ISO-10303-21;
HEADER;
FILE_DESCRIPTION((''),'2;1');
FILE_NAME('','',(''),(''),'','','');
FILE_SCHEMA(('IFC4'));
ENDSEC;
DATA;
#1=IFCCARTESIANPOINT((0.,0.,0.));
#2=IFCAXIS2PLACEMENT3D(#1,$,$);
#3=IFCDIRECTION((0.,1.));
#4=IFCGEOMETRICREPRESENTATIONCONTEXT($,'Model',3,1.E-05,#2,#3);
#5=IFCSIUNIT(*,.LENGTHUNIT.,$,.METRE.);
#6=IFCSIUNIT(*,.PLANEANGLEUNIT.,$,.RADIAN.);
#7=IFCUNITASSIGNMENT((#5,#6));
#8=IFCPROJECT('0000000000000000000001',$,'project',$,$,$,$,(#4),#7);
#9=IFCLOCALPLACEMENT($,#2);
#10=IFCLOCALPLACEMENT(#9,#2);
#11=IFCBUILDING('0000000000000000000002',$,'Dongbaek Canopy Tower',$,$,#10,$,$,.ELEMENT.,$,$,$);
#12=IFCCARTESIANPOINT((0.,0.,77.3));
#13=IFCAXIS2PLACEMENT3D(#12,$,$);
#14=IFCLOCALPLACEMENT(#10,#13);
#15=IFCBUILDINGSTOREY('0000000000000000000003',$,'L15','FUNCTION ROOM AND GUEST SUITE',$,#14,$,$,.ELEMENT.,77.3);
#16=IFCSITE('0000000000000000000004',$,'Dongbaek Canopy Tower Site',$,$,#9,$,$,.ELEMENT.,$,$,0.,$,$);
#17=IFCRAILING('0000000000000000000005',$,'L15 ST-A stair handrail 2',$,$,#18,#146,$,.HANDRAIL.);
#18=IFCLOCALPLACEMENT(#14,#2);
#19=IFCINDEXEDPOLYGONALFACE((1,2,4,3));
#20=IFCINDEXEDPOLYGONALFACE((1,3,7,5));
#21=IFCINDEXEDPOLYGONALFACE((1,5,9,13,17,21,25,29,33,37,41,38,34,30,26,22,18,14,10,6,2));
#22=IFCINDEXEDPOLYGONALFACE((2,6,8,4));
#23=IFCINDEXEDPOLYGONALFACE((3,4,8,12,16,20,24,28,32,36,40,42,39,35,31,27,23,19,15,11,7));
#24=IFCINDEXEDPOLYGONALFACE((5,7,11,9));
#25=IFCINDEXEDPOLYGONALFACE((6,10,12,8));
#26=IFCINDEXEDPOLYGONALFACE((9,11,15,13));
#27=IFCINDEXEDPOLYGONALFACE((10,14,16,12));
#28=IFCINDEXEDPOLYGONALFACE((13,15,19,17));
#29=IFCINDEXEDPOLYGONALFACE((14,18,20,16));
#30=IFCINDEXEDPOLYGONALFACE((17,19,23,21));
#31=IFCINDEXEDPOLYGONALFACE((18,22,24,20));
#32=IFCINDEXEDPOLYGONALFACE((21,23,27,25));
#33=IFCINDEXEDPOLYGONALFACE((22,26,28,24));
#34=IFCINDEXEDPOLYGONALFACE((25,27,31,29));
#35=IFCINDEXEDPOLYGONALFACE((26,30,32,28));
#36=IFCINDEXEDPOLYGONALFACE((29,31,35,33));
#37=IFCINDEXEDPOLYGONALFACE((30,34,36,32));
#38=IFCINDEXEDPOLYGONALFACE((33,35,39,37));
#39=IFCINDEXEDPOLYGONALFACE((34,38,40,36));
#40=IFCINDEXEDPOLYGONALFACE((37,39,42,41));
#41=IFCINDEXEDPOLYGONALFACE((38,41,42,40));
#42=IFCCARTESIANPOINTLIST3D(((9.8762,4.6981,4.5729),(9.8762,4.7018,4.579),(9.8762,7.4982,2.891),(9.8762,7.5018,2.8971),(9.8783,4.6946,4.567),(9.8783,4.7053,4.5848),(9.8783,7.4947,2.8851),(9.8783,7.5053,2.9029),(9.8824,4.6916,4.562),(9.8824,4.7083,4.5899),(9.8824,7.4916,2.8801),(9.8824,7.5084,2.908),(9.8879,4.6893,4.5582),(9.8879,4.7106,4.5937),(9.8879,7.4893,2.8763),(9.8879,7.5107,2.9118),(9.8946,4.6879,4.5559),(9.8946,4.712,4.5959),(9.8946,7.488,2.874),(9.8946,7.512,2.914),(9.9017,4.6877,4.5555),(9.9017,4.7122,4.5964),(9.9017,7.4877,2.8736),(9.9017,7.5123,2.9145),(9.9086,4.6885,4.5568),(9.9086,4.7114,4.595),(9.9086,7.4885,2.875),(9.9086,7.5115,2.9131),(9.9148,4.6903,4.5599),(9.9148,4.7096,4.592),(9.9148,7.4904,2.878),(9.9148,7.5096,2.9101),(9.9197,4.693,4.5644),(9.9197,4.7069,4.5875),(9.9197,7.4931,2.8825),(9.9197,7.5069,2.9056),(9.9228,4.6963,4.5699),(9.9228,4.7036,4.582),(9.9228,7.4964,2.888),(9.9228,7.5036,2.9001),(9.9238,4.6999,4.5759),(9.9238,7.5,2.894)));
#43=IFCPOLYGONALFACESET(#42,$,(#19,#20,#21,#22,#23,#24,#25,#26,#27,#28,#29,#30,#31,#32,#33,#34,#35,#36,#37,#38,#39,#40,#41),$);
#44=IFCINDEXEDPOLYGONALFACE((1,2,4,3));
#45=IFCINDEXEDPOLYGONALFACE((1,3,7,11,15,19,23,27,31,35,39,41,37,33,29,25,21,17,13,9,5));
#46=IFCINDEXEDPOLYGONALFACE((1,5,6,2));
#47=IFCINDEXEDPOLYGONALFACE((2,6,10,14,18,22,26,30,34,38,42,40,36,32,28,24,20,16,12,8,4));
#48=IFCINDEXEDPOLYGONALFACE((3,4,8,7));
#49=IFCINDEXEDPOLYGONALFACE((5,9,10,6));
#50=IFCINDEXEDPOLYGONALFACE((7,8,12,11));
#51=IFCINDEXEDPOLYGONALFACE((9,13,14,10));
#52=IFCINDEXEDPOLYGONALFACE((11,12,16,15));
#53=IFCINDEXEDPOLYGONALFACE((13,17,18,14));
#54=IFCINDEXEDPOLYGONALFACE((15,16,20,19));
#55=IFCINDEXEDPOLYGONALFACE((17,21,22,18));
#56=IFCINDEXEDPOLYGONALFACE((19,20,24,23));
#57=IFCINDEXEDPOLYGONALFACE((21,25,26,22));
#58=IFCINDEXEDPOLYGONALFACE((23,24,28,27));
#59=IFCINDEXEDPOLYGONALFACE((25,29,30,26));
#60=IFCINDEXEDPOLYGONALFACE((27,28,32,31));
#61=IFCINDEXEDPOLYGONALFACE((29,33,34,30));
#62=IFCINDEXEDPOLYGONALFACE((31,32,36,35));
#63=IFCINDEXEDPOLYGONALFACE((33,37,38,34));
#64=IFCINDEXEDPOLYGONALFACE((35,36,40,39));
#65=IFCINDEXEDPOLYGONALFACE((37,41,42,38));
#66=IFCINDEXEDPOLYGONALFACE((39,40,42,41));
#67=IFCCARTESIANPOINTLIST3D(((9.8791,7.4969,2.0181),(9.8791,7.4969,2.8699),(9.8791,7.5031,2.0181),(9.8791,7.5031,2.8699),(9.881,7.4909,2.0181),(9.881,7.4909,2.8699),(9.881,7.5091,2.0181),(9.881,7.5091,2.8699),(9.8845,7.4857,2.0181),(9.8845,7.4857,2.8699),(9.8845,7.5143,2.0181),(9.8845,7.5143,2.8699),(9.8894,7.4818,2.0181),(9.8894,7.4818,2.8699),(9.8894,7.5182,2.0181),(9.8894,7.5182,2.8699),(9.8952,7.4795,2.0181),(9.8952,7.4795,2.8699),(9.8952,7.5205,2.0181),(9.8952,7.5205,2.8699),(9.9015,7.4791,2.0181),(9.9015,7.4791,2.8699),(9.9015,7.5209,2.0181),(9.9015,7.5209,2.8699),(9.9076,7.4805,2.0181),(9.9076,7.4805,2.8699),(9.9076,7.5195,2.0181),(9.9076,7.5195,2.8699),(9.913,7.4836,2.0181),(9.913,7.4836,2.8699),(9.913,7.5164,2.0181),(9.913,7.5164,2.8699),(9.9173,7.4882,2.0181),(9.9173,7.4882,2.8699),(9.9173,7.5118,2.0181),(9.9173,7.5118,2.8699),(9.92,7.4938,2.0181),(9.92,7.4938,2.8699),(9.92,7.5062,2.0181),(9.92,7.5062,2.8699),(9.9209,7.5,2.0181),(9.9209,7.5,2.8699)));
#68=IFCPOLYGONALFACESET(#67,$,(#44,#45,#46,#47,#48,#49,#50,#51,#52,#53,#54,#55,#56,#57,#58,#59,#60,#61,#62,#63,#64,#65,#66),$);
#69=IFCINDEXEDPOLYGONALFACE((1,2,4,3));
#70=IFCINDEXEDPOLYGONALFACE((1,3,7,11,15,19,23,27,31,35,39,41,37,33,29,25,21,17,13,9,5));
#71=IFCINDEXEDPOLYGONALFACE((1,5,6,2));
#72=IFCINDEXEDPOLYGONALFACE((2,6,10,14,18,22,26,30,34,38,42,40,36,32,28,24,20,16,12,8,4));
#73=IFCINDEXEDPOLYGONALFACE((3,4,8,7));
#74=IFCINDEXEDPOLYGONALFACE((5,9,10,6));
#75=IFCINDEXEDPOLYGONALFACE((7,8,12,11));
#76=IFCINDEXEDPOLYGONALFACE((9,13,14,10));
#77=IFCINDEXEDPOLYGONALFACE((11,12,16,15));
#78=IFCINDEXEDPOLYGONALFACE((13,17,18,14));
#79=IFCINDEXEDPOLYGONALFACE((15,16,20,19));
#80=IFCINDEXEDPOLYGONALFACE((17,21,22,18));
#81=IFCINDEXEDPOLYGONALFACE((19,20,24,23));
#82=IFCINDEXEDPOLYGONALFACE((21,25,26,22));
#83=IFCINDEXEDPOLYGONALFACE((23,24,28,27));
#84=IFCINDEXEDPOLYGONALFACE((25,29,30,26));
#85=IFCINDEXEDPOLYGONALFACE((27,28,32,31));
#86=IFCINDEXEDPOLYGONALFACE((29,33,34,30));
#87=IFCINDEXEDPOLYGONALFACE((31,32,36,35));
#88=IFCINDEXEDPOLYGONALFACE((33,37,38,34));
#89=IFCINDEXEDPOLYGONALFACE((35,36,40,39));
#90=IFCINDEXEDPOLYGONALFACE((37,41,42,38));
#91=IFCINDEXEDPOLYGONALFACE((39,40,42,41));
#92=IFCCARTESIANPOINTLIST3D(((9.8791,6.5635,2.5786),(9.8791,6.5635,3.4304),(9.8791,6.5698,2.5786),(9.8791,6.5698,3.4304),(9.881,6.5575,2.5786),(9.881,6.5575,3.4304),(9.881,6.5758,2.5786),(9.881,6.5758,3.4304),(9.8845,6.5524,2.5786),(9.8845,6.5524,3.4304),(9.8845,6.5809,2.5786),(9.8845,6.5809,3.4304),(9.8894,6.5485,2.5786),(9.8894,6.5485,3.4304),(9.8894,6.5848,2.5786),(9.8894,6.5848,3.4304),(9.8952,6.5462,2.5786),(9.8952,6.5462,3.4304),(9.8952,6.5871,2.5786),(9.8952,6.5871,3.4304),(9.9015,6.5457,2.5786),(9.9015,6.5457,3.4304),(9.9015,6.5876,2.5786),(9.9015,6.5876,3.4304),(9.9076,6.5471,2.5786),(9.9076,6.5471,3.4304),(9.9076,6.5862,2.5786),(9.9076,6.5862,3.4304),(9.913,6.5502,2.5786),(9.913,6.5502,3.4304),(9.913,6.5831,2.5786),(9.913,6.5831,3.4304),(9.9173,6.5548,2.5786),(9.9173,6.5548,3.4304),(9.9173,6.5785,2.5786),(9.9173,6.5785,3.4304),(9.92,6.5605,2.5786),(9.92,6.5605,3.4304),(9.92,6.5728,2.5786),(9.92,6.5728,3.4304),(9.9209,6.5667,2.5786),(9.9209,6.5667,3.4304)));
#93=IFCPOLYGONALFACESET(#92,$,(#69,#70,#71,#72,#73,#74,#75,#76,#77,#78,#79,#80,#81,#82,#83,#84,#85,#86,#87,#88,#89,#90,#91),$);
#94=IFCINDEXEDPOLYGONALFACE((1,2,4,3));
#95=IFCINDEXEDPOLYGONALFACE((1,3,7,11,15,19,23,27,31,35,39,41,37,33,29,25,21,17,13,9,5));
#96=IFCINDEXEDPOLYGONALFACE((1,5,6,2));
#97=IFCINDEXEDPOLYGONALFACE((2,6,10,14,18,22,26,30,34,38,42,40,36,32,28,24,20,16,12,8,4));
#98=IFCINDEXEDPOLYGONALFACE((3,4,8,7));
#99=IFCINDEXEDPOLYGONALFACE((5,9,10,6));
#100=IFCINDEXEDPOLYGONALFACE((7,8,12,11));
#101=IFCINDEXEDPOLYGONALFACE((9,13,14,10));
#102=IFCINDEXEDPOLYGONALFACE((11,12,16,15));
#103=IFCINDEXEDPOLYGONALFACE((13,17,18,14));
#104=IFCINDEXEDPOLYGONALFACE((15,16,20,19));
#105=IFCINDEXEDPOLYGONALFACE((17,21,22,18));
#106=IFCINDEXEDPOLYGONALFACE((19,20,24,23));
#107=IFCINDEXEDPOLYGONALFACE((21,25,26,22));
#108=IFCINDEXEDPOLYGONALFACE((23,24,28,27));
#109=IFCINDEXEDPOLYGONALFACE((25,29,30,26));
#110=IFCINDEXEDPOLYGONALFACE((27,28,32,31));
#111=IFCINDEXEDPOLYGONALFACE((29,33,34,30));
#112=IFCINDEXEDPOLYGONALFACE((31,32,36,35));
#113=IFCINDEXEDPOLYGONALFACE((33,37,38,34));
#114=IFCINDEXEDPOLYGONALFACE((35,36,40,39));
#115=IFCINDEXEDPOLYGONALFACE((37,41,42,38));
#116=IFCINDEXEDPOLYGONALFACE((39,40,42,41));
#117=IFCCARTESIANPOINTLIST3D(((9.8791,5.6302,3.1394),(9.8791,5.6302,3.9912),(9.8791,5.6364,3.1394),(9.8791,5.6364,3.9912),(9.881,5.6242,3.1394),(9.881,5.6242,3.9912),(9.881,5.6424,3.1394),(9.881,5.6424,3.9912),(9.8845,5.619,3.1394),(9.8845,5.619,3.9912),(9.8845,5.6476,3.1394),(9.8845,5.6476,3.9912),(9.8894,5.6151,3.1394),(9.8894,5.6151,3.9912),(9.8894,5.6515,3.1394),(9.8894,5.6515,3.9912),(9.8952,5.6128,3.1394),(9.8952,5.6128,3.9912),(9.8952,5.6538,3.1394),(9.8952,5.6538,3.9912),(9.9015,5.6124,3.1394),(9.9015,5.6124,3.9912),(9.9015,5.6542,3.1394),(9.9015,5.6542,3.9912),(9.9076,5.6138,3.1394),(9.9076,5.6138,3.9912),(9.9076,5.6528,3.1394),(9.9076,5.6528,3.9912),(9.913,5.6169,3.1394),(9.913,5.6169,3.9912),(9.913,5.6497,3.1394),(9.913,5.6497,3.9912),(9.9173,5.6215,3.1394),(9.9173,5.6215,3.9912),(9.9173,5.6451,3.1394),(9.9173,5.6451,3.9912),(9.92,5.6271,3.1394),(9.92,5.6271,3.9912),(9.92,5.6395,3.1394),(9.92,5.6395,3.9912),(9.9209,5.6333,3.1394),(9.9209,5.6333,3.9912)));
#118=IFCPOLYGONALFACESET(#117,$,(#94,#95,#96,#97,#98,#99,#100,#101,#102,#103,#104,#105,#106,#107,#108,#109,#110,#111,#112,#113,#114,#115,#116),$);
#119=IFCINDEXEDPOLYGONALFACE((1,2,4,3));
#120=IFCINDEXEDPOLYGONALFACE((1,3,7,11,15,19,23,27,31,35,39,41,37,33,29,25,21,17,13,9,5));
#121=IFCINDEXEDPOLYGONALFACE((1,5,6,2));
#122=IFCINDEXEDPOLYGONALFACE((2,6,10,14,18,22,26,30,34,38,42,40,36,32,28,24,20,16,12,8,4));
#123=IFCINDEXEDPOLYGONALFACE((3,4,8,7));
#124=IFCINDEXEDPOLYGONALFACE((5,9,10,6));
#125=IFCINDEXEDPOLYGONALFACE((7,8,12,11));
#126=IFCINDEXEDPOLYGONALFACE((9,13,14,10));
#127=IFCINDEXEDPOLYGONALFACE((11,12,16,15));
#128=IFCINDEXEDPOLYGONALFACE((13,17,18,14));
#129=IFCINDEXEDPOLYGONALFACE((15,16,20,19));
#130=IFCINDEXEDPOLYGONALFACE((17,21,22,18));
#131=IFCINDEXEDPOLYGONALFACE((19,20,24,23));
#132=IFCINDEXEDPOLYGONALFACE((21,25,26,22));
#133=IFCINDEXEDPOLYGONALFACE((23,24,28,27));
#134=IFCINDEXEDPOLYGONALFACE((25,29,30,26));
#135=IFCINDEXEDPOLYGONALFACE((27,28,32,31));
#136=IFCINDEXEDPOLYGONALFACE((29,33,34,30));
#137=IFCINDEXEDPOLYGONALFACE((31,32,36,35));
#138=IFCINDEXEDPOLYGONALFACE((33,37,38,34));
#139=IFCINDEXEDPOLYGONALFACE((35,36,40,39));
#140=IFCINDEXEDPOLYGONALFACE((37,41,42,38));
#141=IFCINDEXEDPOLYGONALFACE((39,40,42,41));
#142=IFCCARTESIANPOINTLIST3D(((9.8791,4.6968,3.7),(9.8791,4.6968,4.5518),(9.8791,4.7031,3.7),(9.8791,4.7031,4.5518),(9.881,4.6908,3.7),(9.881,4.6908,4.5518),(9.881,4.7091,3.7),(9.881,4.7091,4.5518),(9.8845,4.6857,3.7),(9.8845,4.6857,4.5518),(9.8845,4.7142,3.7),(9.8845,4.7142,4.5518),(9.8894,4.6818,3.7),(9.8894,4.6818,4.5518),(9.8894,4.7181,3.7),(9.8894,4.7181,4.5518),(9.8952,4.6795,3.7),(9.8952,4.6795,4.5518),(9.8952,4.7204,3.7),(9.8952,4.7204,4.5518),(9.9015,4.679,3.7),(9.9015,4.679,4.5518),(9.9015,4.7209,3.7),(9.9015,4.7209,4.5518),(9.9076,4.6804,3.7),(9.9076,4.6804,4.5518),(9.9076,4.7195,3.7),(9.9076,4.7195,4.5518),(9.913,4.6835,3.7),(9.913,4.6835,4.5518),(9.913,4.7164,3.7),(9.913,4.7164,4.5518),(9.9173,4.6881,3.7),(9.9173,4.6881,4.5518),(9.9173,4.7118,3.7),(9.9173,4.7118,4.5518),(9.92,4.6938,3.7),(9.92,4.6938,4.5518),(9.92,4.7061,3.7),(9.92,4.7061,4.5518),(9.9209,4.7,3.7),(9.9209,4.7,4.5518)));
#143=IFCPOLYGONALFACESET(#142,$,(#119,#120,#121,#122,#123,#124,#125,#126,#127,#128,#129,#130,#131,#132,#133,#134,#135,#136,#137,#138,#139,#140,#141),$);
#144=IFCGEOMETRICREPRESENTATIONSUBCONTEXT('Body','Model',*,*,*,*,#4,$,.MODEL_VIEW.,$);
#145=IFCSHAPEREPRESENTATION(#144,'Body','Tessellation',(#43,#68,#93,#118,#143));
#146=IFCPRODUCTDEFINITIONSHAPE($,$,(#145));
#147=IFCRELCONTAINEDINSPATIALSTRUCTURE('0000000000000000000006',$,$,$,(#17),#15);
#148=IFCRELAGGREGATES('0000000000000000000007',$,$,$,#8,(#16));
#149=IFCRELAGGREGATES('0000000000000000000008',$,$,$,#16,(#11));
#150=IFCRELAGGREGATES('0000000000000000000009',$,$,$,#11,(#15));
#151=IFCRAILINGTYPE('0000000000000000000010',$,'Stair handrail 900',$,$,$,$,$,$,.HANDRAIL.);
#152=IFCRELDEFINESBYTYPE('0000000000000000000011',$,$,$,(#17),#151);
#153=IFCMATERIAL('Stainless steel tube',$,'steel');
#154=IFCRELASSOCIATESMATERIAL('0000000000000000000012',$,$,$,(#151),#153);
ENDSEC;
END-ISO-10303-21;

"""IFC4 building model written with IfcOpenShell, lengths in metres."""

from ifc_helpers import new_model, si_unit, direction, frame, origin, origin_2d, place, context, subcontext, project, spatial, circle, extrude, material, type_object, element, save


model = new_model("IFC4")

# Units and contexts
model_context = context("Model", 3, precision=1e-05, world=origin(), true_north=direction((0.0, 1.0)))
body_context = subcontext(model_context, "Body", "Model", "MODEL_VIEW")
ifc_project = project(units=[si_unit("LENGTHUNIT", "METRE"), si_unit("PLANEANGLEUNIT", "RADIAN")], contexts=[model_context])

# Site, building, storey
site_placement = place(None, origin())
site = spatial("IfcSite", under=ifc_project, at=site_placement, Name="Dongbaek Canopy Tower Site", CompositionType="ELEMENT", RefElevation=0.0)
building_placement = place(site_placement, origin())
building = spatial("IfcBuilding", under=site, at=building_placement, Name="Dongbaek Canopy Tower", CompositionType="ELEMENT")
storey_placement = place(building_placement, frame((0.0, 0.0, 77.3)))
storey = spatial("IfcBuildingStorey", under=building, at=storey_placement, Name="L15", Description="FUNCTION ROOM AND GUEST SUITE", CompositionType="ELEMENT", Elevation=77.3)

# Railing
ifc_material_1 = material(Name="Stainless steel tube", Category="steel")
railing_type_1 = type_object("IfcRailingType", Name="Stair handrail 900", PredefinedType="HANDRAIL", material=ifc_material_1)
railing_1_placement = place(storey_placement, frame((9.8999, 7.5, 2.0181)))
element("IfcRailing", 1, at=railing_1_placement, inside=storey, type_object=railing_type_1, Name="L15 ST-A stair handrail 2", PredefinedType="HANDRAIL", context=body_context, shape_type="SweptSolid", body=[
    extrude(circle(Radius=0.0239, at=origin_2d()), frame((0.0, 0.0, 0.876), z_axis=(0.0, -0.857242, 0.514913), x_axis=(1.0, 0.0, 0.0)), (0.0, 0.0, 1.0), 3.2664),
    extrude(circle(Radius=0.021, at=origin_2d()), origin(), (0.0, 0.0, 1.0), 0.8518),
    extrude(circle(Radius=0.021, at=origin_2d()), frame((0.0, -0.9333, 0.5605)), (0.0, 0.0, 1.0), 0.8518),
    extrude(circle(Radius=0.021, at=origin_2d()), frame((0.0, -1.8667, 1.1213)), (0.0, 0.0, 1.0), 0.8518),
    extrude(circle(Radius=0.021, at=origin_2d()), frame((0.0, -2.8, 1.6819)), (0.0, 0.0, 1.0), 0.8518),
])

save(model, "model.ifc")
